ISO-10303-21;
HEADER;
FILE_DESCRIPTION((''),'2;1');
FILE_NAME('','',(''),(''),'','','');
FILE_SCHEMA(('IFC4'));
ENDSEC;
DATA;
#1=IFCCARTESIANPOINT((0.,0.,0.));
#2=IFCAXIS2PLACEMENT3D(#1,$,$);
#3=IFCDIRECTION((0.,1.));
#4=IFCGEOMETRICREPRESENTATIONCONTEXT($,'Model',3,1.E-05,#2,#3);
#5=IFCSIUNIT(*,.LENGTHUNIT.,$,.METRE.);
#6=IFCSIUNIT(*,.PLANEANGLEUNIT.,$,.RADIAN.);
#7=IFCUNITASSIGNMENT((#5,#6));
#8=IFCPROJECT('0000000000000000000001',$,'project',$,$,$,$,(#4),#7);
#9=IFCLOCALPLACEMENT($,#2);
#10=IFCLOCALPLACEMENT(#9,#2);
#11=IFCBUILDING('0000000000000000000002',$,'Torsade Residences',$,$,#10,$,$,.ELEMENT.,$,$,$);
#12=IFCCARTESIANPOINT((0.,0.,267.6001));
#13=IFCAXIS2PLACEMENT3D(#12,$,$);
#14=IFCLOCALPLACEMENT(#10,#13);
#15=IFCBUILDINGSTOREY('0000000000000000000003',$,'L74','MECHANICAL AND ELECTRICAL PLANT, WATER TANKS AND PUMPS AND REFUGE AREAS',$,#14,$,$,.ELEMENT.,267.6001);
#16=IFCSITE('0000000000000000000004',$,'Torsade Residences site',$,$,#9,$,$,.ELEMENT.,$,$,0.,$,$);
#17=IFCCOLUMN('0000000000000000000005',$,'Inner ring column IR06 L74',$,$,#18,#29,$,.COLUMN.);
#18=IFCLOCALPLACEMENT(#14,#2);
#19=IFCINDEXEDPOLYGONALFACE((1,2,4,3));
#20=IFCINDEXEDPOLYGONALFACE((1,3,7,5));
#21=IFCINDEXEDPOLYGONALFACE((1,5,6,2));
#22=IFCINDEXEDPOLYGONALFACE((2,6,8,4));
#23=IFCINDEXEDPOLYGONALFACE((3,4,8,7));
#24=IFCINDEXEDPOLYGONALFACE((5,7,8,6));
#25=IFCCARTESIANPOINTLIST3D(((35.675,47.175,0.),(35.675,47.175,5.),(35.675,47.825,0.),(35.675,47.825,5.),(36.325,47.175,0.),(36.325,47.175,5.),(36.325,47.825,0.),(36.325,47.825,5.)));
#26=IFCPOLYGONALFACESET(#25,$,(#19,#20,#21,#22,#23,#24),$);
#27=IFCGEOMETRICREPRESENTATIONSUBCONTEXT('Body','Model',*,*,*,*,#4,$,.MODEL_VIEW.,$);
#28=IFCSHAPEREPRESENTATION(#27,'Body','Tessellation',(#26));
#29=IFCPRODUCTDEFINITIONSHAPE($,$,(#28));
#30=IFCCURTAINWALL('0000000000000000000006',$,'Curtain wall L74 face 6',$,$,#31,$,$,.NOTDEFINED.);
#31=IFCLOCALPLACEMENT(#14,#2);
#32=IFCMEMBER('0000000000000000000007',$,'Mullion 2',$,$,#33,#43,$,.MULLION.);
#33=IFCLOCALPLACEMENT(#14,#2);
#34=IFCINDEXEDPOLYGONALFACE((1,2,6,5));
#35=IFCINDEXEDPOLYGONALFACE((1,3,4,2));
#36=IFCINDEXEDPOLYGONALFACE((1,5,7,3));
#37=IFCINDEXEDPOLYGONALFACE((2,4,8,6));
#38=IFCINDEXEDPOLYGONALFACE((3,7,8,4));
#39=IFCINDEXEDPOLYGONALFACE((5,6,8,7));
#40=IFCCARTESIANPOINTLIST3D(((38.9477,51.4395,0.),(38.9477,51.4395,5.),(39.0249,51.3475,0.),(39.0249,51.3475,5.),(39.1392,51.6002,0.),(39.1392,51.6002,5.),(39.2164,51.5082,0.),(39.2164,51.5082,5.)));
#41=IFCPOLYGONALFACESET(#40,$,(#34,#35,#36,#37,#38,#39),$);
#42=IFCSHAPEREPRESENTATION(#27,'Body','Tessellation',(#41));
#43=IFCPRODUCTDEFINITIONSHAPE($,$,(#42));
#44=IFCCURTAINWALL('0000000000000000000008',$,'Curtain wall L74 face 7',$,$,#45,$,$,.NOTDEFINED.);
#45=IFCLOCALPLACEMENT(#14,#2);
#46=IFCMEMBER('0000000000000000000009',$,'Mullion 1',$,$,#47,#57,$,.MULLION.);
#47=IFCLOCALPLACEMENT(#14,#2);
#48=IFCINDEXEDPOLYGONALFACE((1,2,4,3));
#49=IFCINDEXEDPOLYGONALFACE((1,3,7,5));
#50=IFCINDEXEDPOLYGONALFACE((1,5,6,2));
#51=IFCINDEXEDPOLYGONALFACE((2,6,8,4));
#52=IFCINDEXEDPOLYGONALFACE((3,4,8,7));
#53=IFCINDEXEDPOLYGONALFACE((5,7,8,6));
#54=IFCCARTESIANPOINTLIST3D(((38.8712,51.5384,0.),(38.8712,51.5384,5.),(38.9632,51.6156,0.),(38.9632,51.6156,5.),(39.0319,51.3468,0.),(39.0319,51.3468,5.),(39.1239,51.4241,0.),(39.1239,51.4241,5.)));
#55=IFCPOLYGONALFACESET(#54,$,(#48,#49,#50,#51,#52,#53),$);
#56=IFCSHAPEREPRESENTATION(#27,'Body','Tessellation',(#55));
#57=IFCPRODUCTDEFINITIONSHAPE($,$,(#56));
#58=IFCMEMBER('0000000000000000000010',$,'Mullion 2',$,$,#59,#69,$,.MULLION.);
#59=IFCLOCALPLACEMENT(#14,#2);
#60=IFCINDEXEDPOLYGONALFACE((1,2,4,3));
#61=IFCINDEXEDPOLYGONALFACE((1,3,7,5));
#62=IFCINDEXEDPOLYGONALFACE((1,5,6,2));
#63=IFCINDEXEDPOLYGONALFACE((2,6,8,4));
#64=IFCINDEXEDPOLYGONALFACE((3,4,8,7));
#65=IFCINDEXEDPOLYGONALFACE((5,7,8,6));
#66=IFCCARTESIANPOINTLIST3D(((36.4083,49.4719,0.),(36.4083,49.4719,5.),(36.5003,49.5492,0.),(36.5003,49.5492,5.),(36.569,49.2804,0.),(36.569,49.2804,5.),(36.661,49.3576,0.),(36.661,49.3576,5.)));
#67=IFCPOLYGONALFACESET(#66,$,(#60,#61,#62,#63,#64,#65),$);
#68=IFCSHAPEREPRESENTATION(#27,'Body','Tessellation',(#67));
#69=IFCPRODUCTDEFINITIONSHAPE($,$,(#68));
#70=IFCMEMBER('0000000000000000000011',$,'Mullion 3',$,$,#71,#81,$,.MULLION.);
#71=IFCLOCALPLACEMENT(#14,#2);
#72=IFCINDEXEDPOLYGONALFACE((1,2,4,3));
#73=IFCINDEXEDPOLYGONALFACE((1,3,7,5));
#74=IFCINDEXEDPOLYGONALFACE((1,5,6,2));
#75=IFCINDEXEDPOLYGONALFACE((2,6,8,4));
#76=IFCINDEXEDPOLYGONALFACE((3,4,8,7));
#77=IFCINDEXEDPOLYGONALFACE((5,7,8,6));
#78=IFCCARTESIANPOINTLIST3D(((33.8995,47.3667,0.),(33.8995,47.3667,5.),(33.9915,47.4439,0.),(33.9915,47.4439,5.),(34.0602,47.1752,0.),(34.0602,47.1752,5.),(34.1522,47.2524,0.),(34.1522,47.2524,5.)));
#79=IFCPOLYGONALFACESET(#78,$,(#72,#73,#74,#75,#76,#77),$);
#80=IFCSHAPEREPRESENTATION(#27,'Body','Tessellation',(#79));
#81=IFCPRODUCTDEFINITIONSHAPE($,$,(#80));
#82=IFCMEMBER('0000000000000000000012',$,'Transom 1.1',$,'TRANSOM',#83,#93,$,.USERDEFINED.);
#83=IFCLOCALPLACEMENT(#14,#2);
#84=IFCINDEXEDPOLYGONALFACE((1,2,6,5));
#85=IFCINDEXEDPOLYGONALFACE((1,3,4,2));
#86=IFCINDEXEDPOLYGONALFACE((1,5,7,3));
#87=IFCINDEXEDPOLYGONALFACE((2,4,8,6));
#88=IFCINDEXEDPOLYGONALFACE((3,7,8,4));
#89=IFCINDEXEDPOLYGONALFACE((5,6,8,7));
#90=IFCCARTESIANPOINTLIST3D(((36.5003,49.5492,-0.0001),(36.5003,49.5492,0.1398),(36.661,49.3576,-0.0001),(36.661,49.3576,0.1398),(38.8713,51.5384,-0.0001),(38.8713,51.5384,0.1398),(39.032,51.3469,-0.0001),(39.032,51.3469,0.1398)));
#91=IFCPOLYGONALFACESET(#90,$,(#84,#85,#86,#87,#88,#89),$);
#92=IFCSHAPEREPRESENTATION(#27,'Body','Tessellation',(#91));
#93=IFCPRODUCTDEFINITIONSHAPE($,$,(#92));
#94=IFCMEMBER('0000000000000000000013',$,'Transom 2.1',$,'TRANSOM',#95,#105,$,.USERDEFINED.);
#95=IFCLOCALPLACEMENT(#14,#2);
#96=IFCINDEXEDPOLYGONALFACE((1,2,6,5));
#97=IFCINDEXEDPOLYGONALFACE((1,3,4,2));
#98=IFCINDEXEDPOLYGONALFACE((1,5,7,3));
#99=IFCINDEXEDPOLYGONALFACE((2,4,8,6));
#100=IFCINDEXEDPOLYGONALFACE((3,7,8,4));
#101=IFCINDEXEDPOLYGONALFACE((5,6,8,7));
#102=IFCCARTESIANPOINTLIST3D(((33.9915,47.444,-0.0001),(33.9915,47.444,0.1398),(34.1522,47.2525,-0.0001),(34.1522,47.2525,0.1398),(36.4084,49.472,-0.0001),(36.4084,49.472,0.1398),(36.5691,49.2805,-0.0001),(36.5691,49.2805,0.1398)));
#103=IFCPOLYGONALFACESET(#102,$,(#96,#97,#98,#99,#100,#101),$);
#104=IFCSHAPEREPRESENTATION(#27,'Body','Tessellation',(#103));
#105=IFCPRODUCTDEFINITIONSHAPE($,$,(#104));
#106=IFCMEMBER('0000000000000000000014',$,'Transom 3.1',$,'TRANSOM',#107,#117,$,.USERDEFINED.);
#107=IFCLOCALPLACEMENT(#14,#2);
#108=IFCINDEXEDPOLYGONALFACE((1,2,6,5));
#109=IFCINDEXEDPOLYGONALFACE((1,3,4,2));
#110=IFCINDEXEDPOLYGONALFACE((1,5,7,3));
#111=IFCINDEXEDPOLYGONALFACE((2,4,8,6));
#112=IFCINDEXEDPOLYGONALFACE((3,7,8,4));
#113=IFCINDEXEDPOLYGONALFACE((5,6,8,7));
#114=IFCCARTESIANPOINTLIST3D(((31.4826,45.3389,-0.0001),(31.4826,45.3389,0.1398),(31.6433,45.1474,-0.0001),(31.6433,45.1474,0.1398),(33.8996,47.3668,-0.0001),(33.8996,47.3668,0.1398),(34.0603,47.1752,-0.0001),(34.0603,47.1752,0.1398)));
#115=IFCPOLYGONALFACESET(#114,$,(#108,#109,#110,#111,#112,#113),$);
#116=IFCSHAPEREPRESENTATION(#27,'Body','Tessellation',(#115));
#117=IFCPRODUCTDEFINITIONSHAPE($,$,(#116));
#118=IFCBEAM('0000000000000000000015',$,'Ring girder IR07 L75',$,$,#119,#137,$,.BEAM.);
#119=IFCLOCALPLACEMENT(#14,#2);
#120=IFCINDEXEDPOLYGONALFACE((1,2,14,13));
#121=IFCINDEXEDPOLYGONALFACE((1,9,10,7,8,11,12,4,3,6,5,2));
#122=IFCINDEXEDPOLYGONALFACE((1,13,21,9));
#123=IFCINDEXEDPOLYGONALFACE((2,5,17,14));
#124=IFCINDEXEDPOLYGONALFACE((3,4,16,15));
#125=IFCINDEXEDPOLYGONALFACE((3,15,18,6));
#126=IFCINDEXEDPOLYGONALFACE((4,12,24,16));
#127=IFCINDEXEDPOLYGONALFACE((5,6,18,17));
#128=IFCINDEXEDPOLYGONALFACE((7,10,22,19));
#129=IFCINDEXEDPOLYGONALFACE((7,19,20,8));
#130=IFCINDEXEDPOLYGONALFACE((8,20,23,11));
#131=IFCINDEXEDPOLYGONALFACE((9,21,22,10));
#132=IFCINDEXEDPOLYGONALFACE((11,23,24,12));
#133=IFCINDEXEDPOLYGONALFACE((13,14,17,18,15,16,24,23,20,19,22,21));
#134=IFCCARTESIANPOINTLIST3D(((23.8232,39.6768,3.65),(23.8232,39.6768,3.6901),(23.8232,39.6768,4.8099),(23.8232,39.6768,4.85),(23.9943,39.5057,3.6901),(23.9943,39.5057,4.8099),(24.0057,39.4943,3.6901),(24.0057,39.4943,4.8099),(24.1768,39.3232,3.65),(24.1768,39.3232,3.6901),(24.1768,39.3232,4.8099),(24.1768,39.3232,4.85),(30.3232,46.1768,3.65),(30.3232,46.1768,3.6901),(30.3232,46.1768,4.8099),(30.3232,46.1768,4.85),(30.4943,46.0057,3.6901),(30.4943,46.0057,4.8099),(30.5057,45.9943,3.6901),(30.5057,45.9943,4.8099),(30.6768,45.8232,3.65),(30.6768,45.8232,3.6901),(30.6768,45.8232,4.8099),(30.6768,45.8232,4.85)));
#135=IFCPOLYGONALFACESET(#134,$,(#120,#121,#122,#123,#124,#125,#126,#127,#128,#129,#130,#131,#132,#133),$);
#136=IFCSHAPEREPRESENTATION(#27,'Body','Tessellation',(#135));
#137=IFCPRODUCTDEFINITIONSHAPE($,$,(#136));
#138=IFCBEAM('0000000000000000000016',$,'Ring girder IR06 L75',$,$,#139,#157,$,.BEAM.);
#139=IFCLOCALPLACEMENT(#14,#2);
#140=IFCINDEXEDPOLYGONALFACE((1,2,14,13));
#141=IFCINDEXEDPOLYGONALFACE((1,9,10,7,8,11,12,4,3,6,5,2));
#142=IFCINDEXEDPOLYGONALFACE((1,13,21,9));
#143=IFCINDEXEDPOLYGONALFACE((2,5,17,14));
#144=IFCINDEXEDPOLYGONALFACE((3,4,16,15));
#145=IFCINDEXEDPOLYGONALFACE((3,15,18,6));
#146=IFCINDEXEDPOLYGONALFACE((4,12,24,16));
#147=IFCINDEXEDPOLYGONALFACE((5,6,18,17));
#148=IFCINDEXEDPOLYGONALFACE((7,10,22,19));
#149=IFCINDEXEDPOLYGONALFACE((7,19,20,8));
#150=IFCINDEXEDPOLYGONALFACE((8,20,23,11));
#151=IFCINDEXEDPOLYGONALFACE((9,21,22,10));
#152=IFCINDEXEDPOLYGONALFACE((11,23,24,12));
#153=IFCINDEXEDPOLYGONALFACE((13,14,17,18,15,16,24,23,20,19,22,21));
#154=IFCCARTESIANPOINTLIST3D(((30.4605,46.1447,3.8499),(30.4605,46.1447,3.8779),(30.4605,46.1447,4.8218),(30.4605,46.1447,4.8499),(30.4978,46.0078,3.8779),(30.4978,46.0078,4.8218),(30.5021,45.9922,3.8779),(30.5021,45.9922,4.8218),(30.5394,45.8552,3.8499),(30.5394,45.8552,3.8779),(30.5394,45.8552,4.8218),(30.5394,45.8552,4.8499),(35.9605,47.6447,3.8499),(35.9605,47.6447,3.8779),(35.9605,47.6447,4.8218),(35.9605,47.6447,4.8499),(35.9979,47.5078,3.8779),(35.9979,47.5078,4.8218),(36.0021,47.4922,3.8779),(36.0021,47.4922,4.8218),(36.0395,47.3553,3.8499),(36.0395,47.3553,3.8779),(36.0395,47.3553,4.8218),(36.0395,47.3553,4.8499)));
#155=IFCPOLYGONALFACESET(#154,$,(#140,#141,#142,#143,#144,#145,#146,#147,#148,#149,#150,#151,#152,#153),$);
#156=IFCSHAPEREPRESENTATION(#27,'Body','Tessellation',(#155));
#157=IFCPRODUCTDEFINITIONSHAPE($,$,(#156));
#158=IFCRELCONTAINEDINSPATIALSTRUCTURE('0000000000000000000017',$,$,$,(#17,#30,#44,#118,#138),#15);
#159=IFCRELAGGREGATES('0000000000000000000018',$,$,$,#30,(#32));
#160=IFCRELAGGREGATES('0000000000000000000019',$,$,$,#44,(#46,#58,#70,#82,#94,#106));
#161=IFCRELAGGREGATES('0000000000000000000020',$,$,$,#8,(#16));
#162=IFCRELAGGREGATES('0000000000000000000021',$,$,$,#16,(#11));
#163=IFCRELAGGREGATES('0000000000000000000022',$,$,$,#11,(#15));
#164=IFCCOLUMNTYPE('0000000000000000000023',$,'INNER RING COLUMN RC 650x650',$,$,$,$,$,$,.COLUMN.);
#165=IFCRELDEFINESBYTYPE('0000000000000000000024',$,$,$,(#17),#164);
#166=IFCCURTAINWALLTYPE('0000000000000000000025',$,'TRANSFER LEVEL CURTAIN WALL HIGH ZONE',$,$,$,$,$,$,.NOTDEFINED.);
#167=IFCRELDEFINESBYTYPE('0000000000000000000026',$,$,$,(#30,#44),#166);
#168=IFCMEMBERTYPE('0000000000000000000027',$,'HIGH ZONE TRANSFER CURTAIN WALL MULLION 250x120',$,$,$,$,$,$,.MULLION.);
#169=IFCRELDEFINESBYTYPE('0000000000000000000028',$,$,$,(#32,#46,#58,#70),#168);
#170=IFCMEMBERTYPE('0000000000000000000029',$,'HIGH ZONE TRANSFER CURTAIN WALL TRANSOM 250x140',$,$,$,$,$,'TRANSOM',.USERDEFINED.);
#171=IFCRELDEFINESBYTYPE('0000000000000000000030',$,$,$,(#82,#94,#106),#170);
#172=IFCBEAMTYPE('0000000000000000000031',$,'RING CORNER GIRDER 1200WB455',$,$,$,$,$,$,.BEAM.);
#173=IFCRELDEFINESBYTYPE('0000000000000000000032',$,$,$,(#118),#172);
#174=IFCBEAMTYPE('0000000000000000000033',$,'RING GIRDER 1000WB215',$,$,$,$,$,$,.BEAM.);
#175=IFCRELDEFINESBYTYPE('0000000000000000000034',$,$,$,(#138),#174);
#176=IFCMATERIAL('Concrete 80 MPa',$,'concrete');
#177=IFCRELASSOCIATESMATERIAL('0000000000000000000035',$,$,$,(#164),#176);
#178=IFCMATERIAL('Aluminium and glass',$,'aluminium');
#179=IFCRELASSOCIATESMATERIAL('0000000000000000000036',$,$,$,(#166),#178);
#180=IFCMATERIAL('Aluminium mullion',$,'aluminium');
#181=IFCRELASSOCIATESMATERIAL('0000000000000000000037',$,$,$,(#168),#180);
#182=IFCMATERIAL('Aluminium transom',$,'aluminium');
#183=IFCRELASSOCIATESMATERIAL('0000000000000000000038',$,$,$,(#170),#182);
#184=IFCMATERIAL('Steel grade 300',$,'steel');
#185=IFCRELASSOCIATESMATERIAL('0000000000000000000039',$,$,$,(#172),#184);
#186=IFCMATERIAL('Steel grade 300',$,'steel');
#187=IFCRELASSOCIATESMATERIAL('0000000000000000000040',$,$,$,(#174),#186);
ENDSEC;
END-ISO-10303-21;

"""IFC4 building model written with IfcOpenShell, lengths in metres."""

from ifc_helpers import new_model, si_unit, direction, frame, origin, origin_2d, place, context, subcontext, project, spatial, rectangle, i_section, extrude, material, material_profile, profile_set, type_object, element, aggregate, save


model = new_model("IFC4")

# Units and contexts
model_context = context("Model", 3, precision=1e-05, world=origin(), true_north=direction((0.0, 1.0)))
body_context = subcontext(model_context, "Body", "Model", "MODEL_VIEW")
ifc_project = project(units=[si_unit("LENGTHUNIT", "METRE"), si_unit("PLANEANGLEUNIT", "RADIAN")], contexts=[model_context])

# Site, building, storey
site_placement = place(None, origin())
site = spatial("IfcSite", under=ifc_project, at=site_placement, Name="Torsade Residences site", CompositionType="ELEMENT", RefElevation=0.0)
building_placement = place(site_placement, origin())
building = spatial("IfcBuilding", under=site, at=building_placement, Name="Torsade Residences", CompositionType="ELEMENT")
storey_placement = place(building_placement, frame((0.0, 0.0, 267.6001)))
storey = spatial("IfcBuildingStorey", under=building, at=storey_placement, Name="L74", Description="MECHANICAL AND ELECTRICAL PLANT, WATER TANKS AND PUMPS AND REFUGE AREAS", CompositionType="ELEMENT", Elevation=267.6001)

# Column
ifc_material_1 = material(Name="Concrete 80 MPa", Category="concrete")
ifc_material_profile_1 = material_profile(ifc_material_1, rectangle(XDim=0.6499, YDim=0.6499, at=origin_2d()), Name="RC 650x650")
ifc_profile_set_1 = profile_set([ifc_material_profile_1], Name="Concrete 80 MPa")
column_type = type_object("IfcColumnType", Name="INNER RING COLUMN RC 650x650", PredefinedType="COLUMN", material=ifc_profile_set_1)
column_placement = place(storey_placement, frame((36.0, 47.5, 0.0), z_axis=(0.0, 0.0, 1.0), x_axis=(1.0, 0.0, 0.0)))
element("IfcColumn", 1, at=column_placement, inside=storey, type_object=column_type, Name="Inner ring column IR06 L74", PredefinedType="COLUMN", context=body_context, shape_type="SweptSolid", body=[
    extrude(rectangle(XDim=0.6499, YDim=0.6499, at=origin_2d()), origin(), (0.0, 0.0, 1.0), 5.0),
])

# Curtain wall, member
ifc_material_2 = material(Name="Aluminium and glass", Category="aluminium")
curtain_wall_type = type_object("IfcCurtainWallType", Name="TRANSFER LEVEL CURTAIN WALL HIGH ZONE", PredefinedType="NOTDEFINED", material=ifc_material_2)
curtain_wall_1_placement = place(storey_placement, origin())
curtain_wall_1 = element("IfcCurtainWall", 2, at=curtain_wall_1_placement, inside=storey, type_object=curtain_wall_type, Name="Curtain wall L74 face 6", PredefinedType="NOTDEFINED")
ifc_material_3 = material(Name="Aluminium mullion", Category="aluminium")
ifc_material_profile_2 = material_profile(ifc_material_3, rectangle(XDim=0.25, YDim=0.1201, at=origin_2d()), Name="HIGH ZONE TRANSFER CURTAIN WALL MULLION 250x120")
ifc_profile_set_2 = profile_set([ifc_material_profile_2], Name="Aluminium mullion")
member_type_1 = type_object("IfcMemberType", Name="HIGH ZONE TRANSFER CURTAIN WALL MULLION 250x120", PredefinedType="MULLION", material=ifc_profile_set_2)
member_1_placement = place(storey_placement, frame((39.082, 51.4739, 0.0), z_axis=(0.0, 0.0, 1.0), x_axis=(-0.766044, -0.642788, 0.0)))
member_1 = element("IfcMember", 3, at=member_1_placement, type_object=member_type_1, Name="Mullion 2", PredefinedType="MULLION", context=body_context, shape_type="SweptSolid", body=[
    extrude(rectangle(XDim=0.25, YDim=0.1201, at=origin_2d()), origin(), (0.0, 0.0, 1.0), 5.0),
])
aggregate(curtain_wall_1, [member_1])

# Curtain wall, members
curtain_wall_2_placement = place(storey_placement, origin())
curtain_wall_2 = element("IfcCurtainWall", 4, at=curtain_wall_2_placement, inside=storey, type_object=curtain_wall_type, Name="Curtain wall L74 face 7", PredefinedType="NOTDEFINED")
member_2_placement = place(storey_placement, frame((38.9976, 51.4812, 0.0), z_axis=(0.0, 0.0, 1.0), x_axis=(0.642788, -0.766044, 0.0)))
member_2 = element("IfcMember", 5, at=member_2_placement, type_object=member_type_1, Name="Mullion 1", PredefinedType="MULLION", context=body_context, shape_type="SweptSolid", body=[
    extrude(rectangle(XDim=0.25, YDim=0.1201, at=origin_2d()), origin(), (0.0, 0.0, 1.0), 5.0),
])
member_3_placement = place(storey_placement, frame((36.5347, 49.4148, 0.0), z_axis=(0.0, 0.0, 1.0), x_axis=(0.642788, -0.766044, 0.0)))
member_3 = element("IfcMember", 6, at=member_3_placement, type_object=member_type_1, Name="Mullion 2", PredefinedType="MULLION", context=body_context, shape_type="SweptSolid", body=[
    extrude(rectangle(XDim=0.25, YDim=0.1201, at=origin_2d()), origin(), (0.0, 0.0, 1.0), 5.0),
])
member_4_placement = place(storey_placement, frame((34.0259, 47.3096, 0.0), z_axis=(0.0, 0.0, 1.0), x_axis=(0.642788, -0.766044, 0.0)))
member_4 = element("IfcMember", 7, at=member_4_placement, type_object=member_type_1, Name="Mullion 3", PredefinedType="MULLION", context=body_context, shape_type="SweptSolid", body=[
    extrude(rectangle(XDim=0.25, YDim=0.1201, at=origin_2d()), origin(), (0.0, 0.0, 1.0), 5.0),
])
ifc_material_4 = material(Name="Aluminium transom", Category="aluminium")
ifc_material_profile_3 = material_profile(ifc_material_4, rectangle(XDim=0.25, YDim=0.1399, at=origin_2d()), Name="HIGH ZONE TRANSFER CURTAIN WALL TRANSOM 250x140")
ifc_profile_set_3 = profile_set([ifc_material_profile_3], Name="Aluminium transom")
member_type_2 = type_object("IfcMemberType", Name="HIGH ZONE TRANSFER CURTAIN WALL TRANSOM 250x140", ElementType="TRANSOM", PredefinedType="USERDEFINED", material=ifc_profile_set_3)
member_5_placement = place(storey_placement, frame((38.9517, 51.4426, 0.0698), z_axis=(-0.766096, -0.642726, 0.0), x_axis=(0.642726, -0.766096, 0.0)))
member_5 = element("IfcMember", 8, at=member_5_placement, type_object=member_type_2, Name="Transom 1.1", ObjectType="TRANSOM", PredefinedType="USERDEFINED", context=body_context, shape_type="SweptSolid", body=[
    extrude(rectangle(XDim=0.25, YDim=0.1399, at=origin_2d()), origin(), (0.0, 0.0, 1.0), 3.095),
])
member_6_placement = place(storey_placement, frame((36.4888, 49.3762, 0.0698), z_axis=(-0.766048, -0.642784, 0.0), x_axis=(0.642784, -0.766048, 0.0)))
member_6 = element("IfcMember", 9, at=member_6_placement, type_object=member_type_2, Name="Transom 2.1", ObjectType="TRANSOM", PredefinedType="USERDEFINED", context=body_context, shape_type="SweptSolid", body=[
    extrude(rectangle(XDim=0.25, YDim=0.1399, at=origin_2d()), origin(), (0.0, 0.0, 1.0), 3.155),
])
member_7_placement = place(storey_placement, frame((33.98, 47.271, 0.0698), z_axis=(-0.766086, -0.642738, 0.0), x_axis=(0.642738, -0.766086, 0.0)))
member_7 = element("IfcMember", 10, at=member_7_placement, type_object=member_type_2, Name="Transom 3.1", ObjectType="TRANSOM", PredefinedType="USERDEFINED", context=body_context, shape_type="SweptSolid", body=[
    extrude(rectangle(XDim=0.25, YDim=0.1399, at=origin_2d()), origin(), (0.0, 0.0, 1.0), 3.155),
])

# Beams
ifc_material_5 = material(Name="Steel grade 300", Category="steel")
ifc_material_profile_4 = material_profile(ifc_material_5, i_section(OverallWidth=0.5, OverallDepth=1.2, WebThickness=0.0161, FlangeThickness=0.04, at=origin_2d()), Name="1200WB455")
ifc_profile_set_4 = profile_set([ifc_material_profile_4], Name="Steel grade 300")
beam_type_1 = type_object("IfcBeamType", Name="RING CORNER GIRDER 1200WB455", PredefinedType="BEAM", material=ifc_profile_set_4)
beam_1_placement = place(storey_placement, frame((30.5, 46.0, 4.25), z_axis=(-0.707107, -0.707107, 0.0), x_axis=(0.707107, -0.707107, 0.0)))
element("IfcBeam", 11, at=beam_1_placement, inside=storey, type_object=beam_type_1, Name="Ring girder IR07 L75", PredefinedType="BEAM", context=body_context, shape_type="SweptSolid", body=[
    extrude(i_section(OverallWidth=0.5, OverallDepth=1.2, WebThickness=0.0161, FlangeThickness=0.04, at=origin_2d()), origin(), (0.0, 0.0, 1.0), 9.1924),
])
ifc_material_6 = material(Name="Steel grade 300", Category="steel")
ifc_material_profile_5 = material_profile(ifc_material_6, i_section(OverallWidth=0.3, OverallDepth=1.0, WebThickness=0.0161, FlangeThickness=0.0281, at=origin_2d()), Name="1000WB215")
ifc_profile_set_5 = profile_set([ifc_material_profile_5], Name="Steel grade 300")
beam_type_2 = type_object("IfcBeamType", Name="RING GIRDER 1000WB215", PredefinedType="BEAM", material=ifc_profile_set_5)
beam_2_placement = place(storey_placement, frame((36.0, 47.5, 4.3499), z_axis=(-0.964764, -0.263117, 0.0), x_axis=(0.263117, -0.964764, 0.0)))
element("IfcBeam", 12, at=beam_2_placement, inside=storey, type_object=beam_type_2, Name="Ring girder IR06 L75", PredefinedType="BEAM", context=body_context, shape_type="SweptSolid", body=[
    extrude(i_section(OverallWidth=0.3, OverallDepth=1.0, WebThickness=0.0161, FlangeThickness=0.0281, at=origin_2d()), origin(), (0.0, 0.0, 1.0), 5.7009),
])

aggregate(curtain_wall_2, [member_2, member_3, member_4, member_5, member_6, member_7])

save(model, "model.ifc")
